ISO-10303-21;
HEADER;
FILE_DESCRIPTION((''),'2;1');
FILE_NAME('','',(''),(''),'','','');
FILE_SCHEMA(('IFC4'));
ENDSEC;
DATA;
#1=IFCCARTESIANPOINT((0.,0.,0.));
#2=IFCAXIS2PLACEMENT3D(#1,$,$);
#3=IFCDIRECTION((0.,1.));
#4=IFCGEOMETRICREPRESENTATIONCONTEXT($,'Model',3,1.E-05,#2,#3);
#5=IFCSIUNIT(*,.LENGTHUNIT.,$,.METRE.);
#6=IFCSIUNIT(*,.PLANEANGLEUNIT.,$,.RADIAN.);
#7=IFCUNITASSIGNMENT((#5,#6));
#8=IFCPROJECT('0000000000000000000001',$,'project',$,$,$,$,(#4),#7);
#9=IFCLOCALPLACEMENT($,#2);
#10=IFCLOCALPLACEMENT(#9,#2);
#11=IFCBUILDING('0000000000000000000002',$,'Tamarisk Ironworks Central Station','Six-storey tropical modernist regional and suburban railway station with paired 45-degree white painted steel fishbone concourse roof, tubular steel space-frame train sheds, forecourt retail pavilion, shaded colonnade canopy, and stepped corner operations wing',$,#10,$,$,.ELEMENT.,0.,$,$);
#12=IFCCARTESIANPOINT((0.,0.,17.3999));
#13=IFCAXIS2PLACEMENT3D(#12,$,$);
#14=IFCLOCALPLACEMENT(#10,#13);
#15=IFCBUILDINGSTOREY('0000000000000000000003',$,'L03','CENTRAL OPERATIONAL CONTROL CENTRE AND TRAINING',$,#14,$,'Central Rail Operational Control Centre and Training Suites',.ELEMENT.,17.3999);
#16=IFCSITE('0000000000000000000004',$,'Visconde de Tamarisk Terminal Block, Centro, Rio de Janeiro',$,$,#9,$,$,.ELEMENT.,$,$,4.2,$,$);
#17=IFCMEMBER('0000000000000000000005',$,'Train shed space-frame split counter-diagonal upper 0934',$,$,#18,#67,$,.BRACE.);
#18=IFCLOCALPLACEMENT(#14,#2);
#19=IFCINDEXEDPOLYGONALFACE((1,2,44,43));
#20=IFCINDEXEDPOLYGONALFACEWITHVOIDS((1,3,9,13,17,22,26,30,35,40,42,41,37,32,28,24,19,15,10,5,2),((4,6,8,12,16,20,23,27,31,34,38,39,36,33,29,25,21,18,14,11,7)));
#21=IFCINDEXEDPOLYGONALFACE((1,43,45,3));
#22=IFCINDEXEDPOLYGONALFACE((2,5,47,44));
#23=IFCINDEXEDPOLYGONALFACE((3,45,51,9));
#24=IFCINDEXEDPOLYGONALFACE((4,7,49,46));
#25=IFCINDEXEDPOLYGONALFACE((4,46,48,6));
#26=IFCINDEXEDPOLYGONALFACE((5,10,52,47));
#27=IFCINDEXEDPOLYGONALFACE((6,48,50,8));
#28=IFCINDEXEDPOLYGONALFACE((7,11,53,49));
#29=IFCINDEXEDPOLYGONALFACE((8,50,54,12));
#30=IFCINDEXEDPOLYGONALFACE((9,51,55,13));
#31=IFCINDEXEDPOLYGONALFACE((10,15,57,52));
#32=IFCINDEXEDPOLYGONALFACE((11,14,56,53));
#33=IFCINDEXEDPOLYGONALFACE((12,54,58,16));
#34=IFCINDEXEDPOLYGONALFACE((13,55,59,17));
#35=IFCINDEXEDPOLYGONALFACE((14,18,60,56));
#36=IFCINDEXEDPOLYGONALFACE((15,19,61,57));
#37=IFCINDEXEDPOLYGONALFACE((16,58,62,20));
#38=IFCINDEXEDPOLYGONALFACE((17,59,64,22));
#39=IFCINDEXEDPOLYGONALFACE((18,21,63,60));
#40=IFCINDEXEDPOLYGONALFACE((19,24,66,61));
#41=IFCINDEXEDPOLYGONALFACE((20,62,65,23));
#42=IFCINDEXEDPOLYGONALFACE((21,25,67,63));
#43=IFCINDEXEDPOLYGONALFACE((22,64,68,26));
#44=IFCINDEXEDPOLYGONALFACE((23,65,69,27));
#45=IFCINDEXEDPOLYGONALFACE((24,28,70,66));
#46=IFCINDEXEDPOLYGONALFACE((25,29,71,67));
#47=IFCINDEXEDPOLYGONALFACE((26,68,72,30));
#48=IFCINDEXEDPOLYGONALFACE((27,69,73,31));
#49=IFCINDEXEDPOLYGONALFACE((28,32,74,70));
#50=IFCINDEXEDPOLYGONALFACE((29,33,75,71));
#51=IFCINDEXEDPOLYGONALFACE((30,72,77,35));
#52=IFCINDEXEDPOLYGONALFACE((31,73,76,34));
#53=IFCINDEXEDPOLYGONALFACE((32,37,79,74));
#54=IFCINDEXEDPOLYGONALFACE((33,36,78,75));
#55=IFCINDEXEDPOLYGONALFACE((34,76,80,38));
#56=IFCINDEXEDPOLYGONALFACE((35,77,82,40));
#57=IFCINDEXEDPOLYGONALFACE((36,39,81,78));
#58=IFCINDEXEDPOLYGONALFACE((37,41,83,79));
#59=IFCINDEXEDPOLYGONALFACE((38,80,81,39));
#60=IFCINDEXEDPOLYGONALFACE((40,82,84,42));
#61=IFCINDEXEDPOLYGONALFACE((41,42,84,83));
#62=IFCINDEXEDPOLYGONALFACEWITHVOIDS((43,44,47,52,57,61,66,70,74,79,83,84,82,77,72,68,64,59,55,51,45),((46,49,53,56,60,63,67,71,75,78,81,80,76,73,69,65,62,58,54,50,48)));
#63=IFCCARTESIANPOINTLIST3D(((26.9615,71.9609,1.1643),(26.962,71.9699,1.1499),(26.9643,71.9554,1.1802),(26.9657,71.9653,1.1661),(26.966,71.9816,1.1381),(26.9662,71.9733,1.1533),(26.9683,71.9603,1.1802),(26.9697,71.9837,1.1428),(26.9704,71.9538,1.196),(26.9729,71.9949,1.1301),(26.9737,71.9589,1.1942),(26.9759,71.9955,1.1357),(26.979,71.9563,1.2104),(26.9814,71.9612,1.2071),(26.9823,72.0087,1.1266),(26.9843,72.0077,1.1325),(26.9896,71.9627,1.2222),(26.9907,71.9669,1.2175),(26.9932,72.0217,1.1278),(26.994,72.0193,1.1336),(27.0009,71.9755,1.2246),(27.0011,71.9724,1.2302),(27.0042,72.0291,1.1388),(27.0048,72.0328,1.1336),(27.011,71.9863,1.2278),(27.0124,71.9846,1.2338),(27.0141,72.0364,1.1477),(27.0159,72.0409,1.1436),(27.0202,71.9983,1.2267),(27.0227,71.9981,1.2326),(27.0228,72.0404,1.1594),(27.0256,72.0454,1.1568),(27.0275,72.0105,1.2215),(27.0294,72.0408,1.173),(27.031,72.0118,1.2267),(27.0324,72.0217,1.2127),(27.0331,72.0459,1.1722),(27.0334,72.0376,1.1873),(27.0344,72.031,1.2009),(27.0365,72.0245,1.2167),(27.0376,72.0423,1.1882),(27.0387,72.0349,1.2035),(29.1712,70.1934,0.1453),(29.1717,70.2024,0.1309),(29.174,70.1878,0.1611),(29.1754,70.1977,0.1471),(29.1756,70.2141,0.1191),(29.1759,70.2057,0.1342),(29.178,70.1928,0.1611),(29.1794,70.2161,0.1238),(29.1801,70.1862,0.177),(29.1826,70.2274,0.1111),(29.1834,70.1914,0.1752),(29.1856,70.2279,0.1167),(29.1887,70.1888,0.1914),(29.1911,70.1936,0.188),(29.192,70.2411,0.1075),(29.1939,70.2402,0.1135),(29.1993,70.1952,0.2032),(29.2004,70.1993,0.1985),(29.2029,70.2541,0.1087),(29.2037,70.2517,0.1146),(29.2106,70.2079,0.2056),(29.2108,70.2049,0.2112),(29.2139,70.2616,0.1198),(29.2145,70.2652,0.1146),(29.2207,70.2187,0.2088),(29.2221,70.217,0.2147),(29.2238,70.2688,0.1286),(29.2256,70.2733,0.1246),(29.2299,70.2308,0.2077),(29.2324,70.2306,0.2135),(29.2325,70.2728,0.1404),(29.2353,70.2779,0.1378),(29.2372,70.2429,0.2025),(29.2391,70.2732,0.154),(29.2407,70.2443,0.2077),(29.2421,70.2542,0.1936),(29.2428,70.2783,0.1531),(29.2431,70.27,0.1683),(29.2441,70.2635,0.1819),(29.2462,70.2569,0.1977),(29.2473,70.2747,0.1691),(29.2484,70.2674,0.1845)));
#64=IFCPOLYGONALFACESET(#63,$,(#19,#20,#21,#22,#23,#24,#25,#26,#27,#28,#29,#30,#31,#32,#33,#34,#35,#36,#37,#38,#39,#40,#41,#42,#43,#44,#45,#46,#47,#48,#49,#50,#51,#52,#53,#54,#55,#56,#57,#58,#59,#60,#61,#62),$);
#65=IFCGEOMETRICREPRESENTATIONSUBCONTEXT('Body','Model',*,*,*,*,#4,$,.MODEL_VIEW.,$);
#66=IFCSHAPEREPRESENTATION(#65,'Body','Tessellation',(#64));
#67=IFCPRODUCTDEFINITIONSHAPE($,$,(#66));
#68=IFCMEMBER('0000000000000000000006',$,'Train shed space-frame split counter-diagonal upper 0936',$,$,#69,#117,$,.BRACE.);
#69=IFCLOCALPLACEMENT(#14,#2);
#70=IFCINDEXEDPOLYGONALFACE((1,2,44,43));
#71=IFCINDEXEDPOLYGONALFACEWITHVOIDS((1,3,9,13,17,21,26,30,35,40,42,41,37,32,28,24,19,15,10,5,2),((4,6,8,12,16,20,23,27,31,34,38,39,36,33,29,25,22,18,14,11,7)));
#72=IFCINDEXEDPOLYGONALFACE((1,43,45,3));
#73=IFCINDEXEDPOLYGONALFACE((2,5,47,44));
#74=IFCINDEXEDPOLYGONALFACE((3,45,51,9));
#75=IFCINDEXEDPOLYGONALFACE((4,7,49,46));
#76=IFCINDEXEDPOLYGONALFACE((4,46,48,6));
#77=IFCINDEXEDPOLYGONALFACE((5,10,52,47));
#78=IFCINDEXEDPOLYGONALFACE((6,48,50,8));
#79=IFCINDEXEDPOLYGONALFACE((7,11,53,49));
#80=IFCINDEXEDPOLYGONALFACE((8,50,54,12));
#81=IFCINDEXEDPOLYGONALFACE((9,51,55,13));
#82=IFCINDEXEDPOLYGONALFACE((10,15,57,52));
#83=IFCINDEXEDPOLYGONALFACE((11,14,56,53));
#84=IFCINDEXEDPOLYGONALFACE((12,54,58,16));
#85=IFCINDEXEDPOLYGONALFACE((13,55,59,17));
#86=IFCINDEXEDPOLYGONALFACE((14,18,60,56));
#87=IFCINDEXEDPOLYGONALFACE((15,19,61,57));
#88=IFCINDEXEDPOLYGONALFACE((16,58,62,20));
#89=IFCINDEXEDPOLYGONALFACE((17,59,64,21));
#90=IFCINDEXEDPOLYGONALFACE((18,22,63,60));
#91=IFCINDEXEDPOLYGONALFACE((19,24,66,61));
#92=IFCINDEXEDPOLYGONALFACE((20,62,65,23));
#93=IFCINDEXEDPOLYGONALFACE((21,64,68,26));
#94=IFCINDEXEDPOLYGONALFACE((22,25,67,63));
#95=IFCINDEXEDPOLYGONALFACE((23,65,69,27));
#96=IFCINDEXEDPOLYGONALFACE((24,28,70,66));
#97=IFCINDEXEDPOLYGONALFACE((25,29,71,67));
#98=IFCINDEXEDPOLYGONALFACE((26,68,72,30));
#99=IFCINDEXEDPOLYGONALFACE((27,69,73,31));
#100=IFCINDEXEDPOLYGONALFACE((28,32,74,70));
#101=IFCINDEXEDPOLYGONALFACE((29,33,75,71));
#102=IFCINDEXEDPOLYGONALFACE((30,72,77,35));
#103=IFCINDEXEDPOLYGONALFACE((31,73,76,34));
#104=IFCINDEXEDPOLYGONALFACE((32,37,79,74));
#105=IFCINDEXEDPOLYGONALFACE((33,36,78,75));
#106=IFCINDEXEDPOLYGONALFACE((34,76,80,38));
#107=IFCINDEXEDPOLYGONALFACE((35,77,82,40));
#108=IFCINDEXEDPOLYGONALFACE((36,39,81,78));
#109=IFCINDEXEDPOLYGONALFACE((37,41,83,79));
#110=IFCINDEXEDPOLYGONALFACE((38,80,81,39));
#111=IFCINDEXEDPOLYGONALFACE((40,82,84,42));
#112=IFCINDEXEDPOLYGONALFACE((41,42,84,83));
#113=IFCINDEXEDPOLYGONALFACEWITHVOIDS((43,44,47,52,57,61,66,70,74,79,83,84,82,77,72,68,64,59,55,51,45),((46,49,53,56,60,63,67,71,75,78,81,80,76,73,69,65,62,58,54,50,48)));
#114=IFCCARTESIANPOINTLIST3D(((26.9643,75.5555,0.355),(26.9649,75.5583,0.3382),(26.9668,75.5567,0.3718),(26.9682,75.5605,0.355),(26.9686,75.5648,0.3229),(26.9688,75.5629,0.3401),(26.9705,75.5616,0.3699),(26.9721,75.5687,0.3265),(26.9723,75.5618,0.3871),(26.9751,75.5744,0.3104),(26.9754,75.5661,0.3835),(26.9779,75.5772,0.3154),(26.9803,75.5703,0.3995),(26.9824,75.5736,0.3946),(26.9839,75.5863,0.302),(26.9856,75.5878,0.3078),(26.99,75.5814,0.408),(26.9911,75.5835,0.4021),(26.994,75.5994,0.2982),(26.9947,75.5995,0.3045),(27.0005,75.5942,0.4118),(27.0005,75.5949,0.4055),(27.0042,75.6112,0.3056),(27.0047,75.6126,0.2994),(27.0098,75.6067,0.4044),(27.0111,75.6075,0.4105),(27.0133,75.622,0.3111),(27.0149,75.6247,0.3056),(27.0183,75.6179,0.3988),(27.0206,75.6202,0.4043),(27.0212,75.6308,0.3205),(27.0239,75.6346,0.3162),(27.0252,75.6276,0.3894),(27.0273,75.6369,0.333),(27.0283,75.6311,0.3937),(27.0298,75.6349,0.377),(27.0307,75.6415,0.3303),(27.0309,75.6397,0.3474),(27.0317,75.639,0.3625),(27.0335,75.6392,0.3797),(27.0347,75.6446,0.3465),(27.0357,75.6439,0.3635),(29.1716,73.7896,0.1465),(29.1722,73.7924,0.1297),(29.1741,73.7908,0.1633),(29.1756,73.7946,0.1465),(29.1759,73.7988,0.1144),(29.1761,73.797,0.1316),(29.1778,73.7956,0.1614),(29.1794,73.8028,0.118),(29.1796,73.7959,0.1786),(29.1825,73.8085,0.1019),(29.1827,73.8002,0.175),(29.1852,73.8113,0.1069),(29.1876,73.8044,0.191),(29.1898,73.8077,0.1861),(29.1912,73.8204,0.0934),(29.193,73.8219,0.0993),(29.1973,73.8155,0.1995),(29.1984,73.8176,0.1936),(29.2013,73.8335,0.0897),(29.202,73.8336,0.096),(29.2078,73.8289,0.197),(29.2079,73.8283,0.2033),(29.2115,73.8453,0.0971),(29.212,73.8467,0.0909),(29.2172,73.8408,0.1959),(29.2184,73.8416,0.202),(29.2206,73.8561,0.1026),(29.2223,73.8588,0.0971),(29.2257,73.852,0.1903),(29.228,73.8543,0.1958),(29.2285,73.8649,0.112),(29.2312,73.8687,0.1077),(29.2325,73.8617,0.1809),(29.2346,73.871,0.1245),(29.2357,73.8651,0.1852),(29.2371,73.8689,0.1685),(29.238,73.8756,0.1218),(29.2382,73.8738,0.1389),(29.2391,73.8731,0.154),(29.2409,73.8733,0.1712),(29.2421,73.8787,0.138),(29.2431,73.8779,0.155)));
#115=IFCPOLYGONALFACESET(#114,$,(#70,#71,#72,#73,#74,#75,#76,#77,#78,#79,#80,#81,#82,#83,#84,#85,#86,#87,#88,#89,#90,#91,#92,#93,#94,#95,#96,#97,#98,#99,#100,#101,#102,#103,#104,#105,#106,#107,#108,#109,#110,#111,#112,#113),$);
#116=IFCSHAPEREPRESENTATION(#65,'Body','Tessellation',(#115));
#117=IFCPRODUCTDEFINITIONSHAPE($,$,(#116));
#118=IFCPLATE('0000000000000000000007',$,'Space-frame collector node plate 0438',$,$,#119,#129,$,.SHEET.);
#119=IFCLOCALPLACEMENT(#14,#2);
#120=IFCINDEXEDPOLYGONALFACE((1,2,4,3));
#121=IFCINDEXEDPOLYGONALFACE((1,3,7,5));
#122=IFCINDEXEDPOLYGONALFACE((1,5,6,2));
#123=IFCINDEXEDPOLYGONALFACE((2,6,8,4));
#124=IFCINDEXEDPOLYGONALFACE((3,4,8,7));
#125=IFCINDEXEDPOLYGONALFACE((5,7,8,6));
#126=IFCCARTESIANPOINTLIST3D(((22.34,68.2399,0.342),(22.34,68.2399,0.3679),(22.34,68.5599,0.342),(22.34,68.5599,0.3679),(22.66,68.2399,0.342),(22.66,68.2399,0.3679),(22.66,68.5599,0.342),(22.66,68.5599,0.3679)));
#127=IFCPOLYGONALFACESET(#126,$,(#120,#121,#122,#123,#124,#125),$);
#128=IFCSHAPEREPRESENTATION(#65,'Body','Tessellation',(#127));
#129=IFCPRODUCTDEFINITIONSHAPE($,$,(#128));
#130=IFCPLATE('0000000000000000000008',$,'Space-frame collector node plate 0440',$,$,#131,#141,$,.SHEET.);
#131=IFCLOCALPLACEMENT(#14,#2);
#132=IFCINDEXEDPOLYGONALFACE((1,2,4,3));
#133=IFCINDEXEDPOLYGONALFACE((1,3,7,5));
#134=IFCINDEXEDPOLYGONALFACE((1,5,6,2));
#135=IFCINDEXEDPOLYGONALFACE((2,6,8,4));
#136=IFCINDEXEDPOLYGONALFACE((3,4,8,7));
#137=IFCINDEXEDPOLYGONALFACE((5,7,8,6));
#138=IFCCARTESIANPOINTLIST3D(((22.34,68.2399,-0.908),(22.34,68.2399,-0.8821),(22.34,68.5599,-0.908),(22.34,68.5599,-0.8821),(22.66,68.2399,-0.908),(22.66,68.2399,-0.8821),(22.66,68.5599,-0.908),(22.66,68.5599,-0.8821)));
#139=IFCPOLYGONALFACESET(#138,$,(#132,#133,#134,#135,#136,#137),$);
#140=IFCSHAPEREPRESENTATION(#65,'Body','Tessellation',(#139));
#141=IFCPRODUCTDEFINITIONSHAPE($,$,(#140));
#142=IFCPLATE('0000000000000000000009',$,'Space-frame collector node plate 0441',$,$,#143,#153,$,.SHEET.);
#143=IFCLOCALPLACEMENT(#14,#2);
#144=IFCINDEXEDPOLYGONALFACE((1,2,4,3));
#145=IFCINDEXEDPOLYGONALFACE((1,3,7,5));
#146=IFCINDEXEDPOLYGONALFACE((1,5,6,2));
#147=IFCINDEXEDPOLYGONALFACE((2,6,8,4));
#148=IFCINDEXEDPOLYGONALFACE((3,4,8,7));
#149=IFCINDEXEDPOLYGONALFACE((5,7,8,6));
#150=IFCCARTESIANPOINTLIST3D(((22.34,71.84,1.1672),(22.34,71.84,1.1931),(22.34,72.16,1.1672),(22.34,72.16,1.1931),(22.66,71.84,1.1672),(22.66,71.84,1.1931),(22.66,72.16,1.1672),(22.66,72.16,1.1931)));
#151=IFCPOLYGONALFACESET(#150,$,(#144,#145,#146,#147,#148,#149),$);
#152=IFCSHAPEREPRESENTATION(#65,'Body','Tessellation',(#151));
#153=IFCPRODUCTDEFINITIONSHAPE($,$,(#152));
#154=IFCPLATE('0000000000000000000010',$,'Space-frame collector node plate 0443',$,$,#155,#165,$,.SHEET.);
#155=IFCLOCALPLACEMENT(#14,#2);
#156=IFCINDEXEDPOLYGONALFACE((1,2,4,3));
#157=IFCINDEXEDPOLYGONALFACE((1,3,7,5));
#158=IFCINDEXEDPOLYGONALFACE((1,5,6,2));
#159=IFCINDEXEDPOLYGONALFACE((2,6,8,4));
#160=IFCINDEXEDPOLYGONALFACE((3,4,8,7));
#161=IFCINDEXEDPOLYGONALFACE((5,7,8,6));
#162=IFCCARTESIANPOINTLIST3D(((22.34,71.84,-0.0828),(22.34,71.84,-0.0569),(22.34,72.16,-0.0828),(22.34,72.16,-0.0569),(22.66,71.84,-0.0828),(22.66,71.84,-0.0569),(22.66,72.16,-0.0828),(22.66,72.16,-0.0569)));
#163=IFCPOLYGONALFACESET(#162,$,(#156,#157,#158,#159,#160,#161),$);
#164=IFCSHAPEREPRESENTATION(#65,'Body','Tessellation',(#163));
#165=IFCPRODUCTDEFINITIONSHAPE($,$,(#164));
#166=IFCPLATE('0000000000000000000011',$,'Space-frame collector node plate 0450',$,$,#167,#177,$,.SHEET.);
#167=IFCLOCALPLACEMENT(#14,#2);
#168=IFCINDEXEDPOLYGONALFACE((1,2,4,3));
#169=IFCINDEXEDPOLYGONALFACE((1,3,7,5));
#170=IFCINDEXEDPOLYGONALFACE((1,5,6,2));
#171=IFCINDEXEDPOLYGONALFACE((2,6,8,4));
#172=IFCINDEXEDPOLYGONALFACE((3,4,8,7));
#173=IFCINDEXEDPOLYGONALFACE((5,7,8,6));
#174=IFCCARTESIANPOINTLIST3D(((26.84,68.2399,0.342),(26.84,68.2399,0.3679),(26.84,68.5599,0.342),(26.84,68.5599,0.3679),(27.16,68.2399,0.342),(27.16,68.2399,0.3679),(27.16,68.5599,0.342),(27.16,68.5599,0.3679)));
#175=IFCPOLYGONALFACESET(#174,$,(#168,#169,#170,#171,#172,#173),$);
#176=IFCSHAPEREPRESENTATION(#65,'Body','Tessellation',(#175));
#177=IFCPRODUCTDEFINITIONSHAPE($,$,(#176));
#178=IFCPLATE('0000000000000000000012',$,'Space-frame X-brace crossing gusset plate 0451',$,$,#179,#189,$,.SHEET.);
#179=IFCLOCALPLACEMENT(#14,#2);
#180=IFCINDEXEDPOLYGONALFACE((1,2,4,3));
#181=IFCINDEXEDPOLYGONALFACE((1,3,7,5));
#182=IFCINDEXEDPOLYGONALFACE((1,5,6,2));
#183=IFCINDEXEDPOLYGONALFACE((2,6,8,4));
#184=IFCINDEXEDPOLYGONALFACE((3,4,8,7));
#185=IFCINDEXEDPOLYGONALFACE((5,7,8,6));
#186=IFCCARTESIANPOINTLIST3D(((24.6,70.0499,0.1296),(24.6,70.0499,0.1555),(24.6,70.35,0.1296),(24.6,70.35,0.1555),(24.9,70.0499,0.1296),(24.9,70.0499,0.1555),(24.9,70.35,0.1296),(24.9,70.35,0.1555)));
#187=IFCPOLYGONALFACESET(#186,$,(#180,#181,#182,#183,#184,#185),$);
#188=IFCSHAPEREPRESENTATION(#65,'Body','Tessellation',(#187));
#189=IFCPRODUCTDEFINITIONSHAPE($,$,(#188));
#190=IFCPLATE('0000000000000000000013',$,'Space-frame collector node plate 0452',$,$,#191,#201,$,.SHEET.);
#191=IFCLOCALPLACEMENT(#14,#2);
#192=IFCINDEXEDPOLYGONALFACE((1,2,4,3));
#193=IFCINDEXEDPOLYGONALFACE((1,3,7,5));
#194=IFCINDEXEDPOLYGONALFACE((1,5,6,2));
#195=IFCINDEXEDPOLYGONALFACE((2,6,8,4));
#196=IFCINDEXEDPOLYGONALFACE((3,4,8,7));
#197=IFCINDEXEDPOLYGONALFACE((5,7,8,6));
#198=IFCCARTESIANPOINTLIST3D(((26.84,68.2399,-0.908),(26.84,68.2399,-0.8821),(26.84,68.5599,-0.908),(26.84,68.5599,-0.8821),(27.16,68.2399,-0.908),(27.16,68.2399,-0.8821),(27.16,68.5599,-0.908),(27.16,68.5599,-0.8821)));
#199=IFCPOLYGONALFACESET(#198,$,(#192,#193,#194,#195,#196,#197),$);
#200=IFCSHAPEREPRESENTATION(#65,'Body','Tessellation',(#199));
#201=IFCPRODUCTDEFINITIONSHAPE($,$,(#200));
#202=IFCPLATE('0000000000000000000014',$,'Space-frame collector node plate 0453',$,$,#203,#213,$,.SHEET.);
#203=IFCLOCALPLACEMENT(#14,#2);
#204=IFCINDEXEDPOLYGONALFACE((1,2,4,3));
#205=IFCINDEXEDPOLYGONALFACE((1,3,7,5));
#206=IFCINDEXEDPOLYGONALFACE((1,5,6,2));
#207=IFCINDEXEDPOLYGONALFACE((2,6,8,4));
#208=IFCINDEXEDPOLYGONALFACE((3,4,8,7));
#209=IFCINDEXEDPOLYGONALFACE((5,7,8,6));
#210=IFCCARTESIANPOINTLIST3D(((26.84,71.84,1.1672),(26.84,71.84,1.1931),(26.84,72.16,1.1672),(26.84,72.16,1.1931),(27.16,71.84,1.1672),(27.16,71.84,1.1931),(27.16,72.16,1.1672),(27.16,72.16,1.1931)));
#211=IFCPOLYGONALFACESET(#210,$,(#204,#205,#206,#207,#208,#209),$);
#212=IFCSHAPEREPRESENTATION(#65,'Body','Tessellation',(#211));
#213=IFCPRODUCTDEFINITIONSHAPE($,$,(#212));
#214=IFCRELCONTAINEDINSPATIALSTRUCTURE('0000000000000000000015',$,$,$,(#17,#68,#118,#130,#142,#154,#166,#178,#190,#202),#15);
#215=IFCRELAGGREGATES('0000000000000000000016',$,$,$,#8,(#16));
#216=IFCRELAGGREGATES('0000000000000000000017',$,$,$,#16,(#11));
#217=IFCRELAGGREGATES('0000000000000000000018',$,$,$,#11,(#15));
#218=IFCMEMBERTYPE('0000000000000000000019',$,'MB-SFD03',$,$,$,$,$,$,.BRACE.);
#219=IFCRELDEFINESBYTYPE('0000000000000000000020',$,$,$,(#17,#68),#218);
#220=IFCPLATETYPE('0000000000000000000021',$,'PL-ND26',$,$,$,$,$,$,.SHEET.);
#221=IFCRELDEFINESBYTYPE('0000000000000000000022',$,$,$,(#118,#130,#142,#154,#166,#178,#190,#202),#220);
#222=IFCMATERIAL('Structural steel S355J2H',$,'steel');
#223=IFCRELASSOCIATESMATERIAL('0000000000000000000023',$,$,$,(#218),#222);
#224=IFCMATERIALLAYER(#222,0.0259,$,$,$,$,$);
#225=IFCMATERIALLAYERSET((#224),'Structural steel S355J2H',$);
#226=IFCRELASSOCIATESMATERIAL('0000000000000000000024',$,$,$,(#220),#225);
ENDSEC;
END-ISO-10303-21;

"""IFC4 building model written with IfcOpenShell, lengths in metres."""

from ifc_helpers import new_model, si_unit, direction, frame, origin, origin_2d, place, context, subcontext, project, spatial, rectangle, hollow_circle, extrude, material, layer, layer_set, material_profile, profile_set, type_object, element, save


model = new_model("IFC4")

# Units and contexts
model_context = context("Model", 3, precision=1e-05, world=origin(), true_north=direction((0.0, 1.0)))
body_context = subcontext(model_context, "Body", "Model", "MODEL_VIEW")
ifc_project = project(units=[si_unit("LENGTHUNIT", "METRE"), si_unit("PLANEANGLEUNIT", "RADIAN")], contexts=[model_context])

# Site, building, storey
site_placement = place(None, origin())
site = spatial("IfcSite", under=ifc_project, at=site_placement, Name="Visconde de Tamarisk Terminal Block, Centro, Rio de Janeiro", CompositionType="ELEMENT", RefElevation=4.2)
building_placement = place(site_placement, origin())
building = spatial("IfcBuilding", under=site, at=building_placement, Name="Tamarisk Ironworks Central Station", Description="Six-storey tropical modernist regional and suburban railway station with paired 45-degree white painted steel fishbone concourse roof, tubular steel space-frame train sheds, forecourt retail pavilion, shaded colonnade canopy, and stepped corner operations wing", CompositionType="ELEMENT", ElevationOfRefHeight=0.0)
storey_placement = place(building_placement, frame((0.0, 0.0, 17.3999)))
storey = spatial("IfcBuildingStorey", under=building, at=storey_placement, Name="L03", Description="CENTRAL OPERATIONAL CONTROL CENTRE AND TRAINING", LongName="Central Rail Operational Control Centre and Training Suites", CompositionType="ELEMENT", Elevation=17.3999)

# Members
ifc_material = material(Name="Structural steel S355J2H", Category="steel")
ifc_material_profile_1 = material_profile(ifc_material, hollow_circle(Radius=0.0571, WallThickness=0.0063, at=origin_2d()), Name="CHS 114.3x6.3")
ifc_profile_set_1 = profile_set([ifc_material_profile_1], Name="Structural steel S355J2H")
member_type_1 = type_object("IfcMemberType", Name="MB-SFD03", PredefinedType="BRACE", material=ifc_profile_set_1)
member_1_placement = place(storey_placement, frame((29.2097, 70.2324, 0.1611), z_axis=(-0.734712, 0.587705, 0.338823), x_axis=(-0.624653, -0.780902, 0.0)))
element("IfcMember", 1, at=member_1_placement, inside=storey, type_object=member_type_1, Name="Train shed space-frame split counter-diagonal upper 0934", PredefinedType="BRACE", context=body_context, shape_type="SweptSolid", body=[
    extrude(hollow_circle(Radius=0.0571, WallThickness=0.0063, at=origin_2d()), origin(), (0.0, 0.0, 1.0), 3.0076),
])
member_2_placement = place(storey_placement, frame((29.2073, 73.8342, 0.1465), z_axis=(-0.778745, 0.623013, 0.073559), x_axis=(-0.624706, -0.78086, 0.0)))
element("IfcMember", 2, at=member_2_placement, inside=storey, type_object=member_type_1, Name="Train shed space-frame split counter-diagonal upper 0936", PredefinedType="BRACE", context=body_context, shape_type="SweptSolid", body=[
    extrude(hollow_circle(Radius=0.0571, WallThickness=0.0063, at=origin_2d()), origin(), (0.0, 0.0, 1.0), 2.8345),
])

# Plates
ifc_layer = layer(ifc_material, 0.0259)
ifc_layer_set = layer_set([ifc_layer], Name="Structural steel S355J2H")
plate_type = type_object("IfcPlateType", Name="PL-ND26", PredefinedType="SHEET", material=ifc_layer_set)
for number, where, z_axis, x_axis, name in (
    (3, (22.5, 68.3999, 0.342), (0.0, 0.0, 1.0), (1.0, 0.0, 0.0), "Space-frame collector node plate 0438"),
    (4, (22.5, 68.3999, -0.908), (0.0, 0.0, 1.0), (1.0, 0.0, 0.0), "Space-frame collector node plate 0440"),
    (5, (22.5, 72.0, 1.1672), (0.0, 0.0, 1.0), (1.0, 0.0, 0.0), "Space-frame collector node plate 0441"),
    (6, (22.5, 72.0, -0.0828), (0.0, 0.0, 1.0), (1.0, 0.0, 0.0), "Space-frame collector node plate 0443"),
    (7, (27.0, 68.3999, 0.342), (0.0, 0.0, 1.0), (1.0, 0.0, 0.0), "Space-frame collector node plate 0450"),
):
    element("IfcPlate", number, at=place(storey_placement, frame(where, z_axis=z_axis, x_axis=x_axis)), inside=storey, type_object=plate_type, Name=name, PredefinedType="SHEET", context=body_context, shape_type="SweptSolid", body=[
        extrude(rectangle(XDim=0.3201, YDim=0.3201, at=origin_2d()), origin(), (0.0, 0.0, 1.0), 0.0259),
    ])
plate_1_placement = place(storey_placement, frame((24.75, 70.2, 0.1296), z_axis=(0.0, 0.0, 1.0), x_axis=(1.0, 0.0, 0.0)))
element("IfcPlate", 8, at=plate_1_placement, inside=storey, type_object=plate_type, Name="Space-frame X-brace crossing gusset plate 0451", PredefinedType="SHEET", context=body_context, shape_type="SweptSolid", body=[
    extrude(rectangle(XDim=0.3, YDim=0.3, at=origin_2d()), origin(), (0.0, 0.0, 1.0), 0.0259),
])
for number, where, z_axis, x_axis, name in (
    (9, (27.0, 68.3999, -0.908), (0.0, 0.0, 1.0), (1.0, 0.0, 0.0), "Space-frame collector node plate 0452"),
    (10, (27.0, 72.0, 1.1672), (0.0, 0.0, 1.0), (1.0, 0.0, 0.0), "Space-frame collector node plate 0453"),
):
    element("IfcPlate", number, at=place(storey_placement, frame(where, z_axis=z_axis, x_axis=x_axis)), inside=storey, type_object=plate_type, Name=name, PredefinedType="SHEET", context=body_context, shape_type="SweptSolid", body=[
        extrude(rectangle(XDim=0.3201, YDim=0.3201, at=origin_2d()), origin(), (0.0, 0.0, 1.0), 0.0259),
    ])

save(model, "model.ifc")
